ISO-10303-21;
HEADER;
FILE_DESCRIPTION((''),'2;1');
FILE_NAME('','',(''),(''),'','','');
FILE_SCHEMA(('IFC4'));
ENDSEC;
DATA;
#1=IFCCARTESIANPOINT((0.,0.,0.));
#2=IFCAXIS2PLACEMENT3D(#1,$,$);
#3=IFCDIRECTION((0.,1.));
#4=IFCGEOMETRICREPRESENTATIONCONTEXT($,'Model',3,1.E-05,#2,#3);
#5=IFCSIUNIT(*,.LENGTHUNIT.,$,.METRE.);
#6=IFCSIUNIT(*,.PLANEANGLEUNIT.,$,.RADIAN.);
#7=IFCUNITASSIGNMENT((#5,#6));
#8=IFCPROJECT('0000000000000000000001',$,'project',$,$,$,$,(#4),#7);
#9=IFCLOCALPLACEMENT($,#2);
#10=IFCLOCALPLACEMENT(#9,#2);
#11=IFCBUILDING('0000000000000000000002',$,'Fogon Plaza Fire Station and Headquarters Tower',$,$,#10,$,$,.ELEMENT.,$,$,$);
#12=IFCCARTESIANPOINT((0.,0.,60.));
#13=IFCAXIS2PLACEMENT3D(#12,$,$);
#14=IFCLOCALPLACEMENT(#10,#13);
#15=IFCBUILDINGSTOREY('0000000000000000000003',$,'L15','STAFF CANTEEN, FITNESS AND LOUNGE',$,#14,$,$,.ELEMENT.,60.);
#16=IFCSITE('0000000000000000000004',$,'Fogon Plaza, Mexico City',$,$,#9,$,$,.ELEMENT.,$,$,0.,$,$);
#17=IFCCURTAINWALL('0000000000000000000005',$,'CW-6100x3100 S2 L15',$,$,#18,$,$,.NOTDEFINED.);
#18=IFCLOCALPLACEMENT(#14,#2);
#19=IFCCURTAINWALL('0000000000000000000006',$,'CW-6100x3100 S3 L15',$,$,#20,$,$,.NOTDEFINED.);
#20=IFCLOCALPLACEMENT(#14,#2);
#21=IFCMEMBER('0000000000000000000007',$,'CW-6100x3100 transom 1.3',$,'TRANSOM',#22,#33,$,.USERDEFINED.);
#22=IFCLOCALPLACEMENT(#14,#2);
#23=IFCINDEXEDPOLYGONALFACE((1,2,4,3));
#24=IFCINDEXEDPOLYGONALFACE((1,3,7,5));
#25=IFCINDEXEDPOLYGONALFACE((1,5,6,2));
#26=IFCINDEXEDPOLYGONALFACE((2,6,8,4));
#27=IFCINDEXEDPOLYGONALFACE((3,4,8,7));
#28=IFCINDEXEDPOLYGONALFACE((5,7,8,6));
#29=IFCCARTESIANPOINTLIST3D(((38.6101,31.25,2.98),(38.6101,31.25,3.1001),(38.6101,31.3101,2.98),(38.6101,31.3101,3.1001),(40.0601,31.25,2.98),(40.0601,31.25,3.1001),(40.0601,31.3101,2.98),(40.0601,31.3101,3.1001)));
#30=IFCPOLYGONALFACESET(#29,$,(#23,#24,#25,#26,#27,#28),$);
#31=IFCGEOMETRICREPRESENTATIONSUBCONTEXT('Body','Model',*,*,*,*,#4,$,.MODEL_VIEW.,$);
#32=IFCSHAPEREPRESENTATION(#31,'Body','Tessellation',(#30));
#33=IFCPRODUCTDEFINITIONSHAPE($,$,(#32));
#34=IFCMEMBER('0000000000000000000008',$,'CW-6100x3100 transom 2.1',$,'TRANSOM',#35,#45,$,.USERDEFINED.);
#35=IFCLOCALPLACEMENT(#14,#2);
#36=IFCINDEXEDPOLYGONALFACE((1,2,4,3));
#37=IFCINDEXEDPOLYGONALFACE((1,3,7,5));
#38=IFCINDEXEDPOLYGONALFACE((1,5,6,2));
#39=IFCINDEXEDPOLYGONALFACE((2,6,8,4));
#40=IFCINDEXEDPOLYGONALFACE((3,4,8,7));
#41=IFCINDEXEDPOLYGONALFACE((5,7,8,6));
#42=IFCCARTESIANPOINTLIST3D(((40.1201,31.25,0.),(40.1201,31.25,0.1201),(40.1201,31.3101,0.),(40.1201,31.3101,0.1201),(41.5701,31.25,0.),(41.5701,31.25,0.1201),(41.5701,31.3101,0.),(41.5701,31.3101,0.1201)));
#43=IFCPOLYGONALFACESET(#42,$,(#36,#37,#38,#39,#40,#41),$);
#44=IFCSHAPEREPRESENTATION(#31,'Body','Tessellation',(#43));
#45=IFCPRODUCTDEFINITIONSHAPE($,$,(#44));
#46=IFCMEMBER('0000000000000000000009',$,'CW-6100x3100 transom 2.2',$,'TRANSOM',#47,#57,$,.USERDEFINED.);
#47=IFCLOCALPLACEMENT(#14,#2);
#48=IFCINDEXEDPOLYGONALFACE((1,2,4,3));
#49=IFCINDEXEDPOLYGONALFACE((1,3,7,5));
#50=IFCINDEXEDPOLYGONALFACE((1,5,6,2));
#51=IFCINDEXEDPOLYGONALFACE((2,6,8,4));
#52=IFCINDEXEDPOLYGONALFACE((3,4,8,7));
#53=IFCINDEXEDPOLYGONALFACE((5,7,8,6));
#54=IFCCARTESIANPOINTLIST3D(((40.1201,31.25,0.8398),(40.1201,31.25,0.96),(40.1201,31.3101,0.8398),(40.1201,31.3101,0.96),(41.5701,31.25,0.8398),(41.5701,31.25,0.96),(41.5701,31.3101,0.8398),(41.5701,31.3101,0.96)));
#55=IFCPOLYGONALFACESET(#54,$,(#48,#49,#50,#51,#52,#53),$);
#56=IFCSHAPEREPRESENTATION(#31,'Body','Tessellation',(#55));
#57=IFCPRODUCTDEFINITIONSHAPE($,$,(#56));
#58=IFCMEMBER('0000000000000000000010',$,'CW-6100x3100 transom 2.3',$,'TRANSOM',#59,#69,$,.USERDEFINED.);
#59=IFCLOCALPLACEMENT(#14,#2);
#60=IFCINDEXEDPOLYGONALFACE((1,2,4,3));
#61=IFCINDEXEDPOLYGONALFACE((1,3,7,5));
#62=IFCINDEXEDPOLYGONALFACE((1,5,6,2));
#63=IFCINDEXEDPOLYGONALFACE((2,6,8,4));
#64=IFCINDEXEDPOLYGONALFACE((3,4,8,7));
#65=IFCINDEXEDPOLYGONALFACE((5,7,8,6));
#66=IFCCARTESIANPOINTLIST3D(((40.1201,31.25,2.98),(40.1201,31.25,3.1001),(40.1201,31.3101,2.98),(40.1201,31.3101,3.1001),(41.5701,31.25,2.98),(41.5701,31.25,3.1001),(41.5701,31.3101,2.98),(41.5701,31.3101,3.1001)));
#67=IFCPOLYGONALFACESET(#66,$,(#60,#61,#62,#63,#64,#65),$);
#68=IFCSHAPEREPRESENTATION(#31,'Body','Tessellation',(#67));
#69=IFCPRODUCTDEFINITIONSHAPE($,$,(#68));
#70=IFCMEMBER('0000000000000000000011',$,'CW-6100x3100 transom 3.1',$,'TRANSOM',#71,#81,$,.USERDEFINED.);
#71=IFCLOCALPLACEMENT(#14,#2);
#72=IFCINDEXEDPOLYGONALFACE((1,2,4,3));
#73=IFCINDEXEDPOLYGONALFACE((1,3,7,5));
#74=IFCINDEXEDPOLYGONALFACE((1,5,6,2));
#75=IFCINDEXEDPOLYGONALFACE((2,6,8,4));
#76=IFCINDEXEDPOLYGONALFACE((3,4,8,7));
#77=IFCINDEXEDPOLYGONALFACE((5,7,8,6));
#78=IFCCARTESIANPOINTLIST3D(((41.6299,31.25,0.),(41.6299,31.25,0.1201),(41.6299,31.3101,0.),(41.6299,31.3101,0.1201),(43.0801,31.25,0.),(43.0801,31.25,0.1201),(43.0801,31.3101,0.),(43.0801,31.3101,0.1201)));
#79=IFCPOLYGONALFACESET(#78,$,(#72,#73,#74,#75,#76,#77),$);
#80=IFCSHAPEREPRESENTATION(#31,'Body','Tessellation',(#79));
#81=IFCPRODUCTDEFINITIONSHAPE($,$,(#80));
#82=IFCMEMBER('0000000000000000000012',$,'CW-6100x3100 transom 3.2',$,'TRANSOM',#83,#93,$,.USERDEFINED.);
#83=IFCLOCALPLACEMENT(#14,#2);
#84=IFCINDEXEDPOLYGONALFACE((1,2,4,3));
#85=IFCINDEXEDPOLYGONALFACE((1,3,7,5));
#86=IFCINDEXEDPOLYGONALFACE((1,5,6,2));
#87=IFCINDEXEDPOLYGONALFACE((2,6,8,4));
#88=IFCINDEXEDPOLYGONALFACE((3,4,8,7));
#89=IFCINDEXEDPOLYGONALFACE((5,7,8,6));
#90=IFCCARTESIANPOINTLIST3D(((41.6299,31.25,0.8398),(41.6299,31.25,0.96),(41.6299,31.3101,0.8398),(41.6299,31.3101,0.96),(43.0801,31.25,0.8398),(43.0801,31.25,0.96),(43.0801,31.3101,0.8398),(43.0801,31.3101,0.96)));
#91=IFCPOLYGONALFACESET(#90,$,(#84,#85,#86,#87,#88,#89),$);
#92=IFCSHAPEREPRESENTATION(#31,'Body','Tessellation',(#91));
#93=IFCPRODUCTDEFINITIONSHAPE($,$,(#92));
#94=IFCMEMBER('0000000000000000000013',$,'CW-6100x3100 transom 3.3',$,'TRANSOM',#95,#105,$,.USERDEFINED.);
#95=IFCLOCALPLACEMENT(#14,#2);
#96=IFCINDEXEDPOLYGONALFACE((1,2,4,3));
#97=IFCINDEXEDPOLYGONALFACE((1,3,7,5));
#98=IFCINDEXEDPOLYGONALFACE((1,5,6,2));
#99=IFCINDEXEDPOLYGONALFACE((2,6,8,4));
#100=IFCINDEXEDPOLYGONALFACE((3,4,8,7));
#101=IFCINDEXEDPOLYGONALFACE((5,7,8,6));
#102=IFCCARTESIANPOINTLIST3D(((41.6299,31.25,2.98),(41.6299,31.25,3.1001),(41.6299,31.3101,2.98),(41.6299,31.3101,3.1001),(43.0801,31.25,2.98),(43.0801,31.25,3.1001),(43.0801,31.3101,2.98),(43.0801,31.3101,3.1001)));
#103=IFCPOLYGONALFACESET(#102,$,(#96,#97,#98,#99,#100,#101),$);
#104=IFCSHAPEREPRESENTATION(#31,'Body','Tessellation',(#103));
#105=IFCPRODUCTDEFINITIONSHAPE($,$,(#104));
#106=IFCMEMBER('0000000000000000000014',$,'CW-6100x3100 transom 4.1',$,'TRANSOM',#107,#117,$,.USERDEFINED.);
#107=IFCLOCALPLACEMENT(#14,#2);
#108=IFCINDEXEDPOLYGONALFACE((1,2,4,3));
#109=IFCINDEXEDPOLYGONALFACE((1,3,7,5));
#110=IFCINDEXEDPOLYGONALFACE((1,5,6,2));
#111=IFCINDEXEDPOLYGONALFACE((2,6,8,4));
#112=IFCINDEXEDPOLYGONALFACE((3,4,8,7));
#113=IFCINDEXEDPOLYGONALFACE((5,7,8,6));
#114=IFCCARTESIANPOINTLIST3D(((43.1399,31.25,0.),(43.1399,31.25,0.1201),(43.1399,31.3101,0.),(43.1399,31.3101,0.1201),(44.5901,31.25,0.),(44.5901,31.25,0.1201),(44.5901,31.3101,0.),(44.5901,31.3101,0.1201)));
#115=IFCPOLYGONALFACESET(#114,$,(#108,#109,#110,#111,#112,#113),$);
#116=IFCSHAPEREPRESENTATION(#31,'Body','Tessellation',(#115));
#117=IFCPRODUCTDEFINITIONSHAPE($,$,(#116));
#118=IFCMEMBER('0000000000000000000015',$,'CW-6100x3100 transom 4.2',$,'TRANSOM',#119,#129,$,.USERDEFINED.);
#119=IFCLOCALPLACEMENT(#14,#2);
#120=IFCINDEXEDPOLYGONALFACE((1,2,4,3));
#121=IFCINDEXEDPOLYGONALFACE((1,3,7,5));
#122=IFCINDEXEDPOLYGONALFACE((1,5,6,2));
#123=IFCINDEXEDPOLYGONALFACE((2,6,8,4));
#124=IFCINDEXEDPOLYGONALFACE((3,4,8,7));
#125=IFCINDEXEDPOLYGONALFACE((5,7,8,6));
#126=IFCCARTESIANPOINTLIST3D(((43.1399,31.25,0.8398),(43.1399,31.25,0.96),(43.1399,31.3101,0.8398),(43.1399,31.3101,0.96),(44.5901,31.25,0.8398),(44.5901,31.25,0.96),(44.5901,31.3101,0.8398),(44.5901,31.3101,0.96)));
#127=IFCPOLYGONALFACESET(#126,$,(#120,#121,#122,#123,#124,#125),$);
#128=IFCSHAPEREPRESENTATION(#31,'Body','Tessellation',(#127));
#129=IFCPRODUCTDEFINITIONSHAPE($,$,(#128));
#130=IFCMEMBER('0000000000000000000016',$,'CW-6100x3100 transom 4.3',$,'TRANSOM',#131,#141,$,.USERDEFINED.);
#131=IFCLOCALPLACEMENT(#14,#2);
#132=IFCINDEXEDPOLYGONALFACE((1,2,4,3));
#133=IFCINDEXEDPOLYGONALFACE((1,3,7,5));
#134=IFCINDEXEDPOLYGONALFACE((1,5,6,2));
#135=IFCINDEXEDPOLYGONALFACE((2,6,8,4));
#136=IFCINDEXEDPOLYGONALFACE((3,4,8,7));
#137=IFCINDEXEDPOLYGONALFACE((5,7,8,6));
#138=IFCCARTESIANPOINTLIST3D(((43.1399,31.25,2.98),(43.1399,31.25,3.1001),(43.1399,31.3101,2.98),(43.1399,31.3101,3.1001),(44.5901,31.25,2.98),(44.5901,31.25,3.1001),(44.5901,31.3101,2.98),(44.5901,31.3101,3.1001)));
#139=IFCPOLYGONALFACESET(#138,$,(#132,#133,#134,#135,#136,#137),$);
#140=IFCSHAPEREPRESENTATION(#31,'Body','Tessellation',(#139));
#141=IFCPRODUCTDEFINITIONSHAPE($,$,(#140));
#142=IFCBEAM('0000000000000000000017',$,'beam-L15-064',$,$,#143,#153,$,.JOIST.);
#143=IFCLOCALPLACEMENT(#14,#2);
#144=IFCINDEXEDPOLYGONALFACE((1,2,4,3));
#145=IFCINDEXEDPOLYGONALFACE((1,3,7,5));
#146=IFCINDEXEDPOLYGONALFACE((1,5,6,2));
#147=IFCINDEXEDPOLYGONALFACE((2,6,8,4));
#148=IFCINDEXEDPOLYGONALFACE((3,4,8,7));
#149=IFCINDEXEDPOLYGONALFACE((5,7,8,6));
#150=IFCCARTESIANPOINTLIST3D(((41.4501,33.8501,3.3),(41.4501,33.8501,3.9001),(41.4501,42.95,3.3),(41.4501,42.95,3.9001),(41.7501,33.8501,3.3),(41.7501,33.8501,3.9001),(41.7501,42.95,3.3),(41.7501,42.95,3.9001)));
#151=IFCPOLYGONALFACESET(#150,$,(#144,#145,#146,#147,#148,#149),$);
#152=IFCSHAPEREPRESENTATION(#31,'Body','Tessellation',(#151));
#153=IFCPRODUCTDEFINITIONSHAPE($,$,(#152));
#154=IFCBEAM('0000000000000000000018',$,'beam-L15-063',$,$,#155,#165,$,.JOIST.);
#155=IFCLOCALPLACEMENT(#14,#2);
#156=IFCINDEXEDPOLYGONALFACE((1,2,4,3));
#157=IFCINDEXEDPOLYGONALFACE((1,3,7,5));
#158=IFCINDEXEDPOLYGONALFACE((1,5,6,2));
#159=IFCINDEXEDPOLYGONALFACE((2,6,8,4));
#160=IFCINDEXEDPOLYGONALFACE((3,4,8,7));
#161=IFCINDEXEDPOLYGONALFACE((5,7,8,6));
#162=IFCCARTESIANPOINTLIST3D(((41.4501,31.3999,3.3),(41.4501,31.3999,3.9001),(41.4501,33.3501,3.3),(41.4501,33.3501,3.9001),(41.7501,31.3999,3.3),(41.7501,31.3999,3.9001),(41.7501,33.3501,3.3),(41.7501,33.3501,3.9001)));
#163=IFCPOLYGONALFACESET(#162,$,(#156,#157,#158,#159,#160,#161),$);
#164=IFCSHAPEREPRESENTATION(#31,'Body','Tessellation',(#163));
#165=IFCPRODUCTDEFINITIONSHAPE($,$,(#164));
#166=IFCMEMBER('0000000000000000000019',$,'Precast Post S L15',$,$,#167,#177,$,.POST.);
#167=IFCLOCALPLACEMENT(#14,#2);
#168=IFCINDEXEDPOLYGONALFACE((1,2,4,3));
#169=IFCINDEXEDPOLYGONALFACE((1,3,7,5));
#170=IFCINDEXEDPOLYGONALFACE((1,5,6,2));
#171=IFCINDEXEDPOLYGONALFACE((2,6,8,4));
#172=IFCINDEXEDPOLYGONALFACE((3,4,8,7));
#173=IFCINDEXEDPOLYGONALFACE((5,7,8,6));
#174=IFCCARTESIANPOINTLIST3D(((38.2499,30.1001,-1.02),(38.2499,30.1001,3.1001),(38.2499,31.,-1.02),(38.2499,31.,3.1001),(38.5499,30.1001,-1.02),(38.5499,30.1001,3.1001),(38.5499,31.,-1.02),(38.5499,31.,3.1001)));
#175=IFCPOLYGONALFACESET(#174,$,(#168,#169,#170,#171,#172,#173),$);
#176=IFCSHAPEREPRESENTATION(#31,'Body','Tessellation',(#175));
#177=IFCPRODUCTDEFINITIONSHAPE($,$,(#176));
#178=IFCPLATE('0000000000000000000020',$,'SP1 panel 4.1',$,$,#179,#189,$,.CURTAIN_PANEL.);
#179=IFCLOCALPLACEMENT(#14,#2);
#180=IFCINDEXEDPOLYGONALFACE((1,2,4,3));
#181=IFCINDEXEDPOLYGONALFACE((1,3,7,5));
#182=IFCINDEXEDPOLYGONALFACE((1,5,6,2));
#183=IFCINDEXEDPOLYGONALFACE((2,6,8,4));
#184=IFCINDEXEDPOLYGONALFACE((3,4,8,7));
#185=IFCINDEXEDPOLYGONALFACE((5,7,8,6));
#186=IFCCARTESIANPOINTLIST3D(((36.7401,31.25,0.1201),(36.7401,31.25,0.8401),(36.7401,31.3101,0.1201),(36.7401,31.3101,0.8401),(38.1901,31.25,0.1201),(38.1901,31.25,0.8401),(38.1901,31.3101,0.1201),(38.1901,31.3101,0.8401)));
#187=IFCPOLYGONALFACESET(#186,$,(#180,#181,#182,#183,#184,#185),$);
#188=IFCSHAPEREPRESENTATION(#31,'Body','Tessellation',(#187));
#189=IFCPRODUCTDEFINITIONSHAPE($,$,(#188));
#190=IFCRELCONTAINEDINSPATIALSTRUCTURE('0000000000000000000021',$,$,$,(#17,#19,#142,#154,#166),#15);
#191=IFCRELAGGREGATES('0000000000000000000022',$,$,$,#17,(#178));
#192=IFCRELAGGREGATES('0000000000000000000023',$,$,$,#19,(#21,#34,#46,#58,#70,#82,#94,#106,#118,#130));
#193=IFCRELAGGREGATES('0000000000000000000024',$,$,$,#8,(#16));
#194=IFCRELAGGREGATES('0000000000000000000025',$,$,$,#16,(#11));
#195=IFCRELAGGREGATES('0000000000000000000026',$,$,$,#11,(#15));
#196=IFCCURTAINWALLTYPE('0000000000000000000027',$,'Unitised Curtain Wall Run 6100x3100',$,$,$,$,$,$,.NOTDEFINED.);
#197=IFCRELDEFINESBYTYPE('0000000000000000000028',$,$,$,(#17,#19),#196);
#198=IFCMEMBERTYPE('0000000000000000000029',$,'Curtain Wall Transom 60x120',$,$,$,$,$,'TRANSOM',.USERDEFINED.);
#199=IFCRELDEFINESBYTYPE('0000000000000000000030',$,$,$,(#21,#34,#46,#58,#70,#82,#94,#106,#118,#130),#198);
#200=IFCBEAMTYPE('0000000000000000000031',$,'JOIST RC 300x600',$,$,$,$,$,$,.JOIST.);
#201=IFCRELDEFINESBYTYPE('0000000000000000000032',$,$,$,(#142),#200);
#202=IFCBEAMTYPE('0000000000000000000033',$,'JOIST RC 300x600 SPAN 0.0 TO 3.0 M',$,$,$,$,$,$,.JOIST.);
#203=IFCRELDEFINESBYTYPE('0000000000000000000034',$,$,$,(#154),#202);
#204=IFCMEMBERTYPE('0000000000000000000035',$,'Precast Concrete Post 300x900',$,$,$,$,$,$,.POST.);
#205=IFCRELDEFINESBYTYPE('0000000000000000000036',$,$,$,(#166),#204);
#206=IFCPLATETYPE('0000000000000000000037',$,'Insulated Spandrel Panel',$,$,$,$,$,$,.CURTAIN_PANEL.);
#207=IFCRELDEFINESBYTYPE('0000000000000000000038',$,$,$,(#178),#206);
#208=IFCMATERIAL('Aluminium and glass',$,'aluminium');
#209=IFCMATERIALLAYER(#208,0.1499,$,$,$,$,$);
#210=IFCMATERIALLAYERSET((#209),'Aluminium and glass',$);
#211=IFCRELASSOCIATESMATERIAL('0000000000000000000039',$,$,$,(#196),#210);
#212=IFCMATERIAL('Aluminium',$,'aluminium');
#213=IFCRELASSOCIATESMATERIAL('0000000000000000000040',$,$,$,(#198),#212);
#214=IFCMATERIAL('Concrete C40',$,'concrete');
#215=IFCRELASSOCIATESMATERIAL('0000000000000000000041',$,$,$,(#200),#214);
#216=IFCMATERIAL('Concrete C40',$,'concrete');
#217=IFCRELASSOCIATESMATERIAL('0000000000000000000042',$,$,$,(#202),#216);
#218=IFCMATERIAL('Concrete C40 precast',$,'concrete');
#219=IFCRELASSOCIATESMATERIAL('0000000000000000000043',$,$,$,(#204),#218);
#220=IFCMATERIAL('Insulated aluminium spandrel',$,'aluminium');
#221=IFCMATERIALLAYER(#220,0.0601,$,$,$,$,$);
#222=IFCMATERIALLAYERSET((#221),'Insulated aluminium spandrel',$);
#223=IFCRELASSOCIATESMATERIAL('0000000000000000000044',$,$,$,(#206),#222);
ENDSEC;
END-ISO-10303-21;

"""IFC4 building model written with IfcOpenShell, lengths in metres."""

from ifc_helpers import new_model, si_unit, direction, frame, origin, origin_2d, place, context, subcontext, project, spatial, rectangle, extrude, material, layer, layer_set, material_profile, profile_set, type_object, element, aggregate, save


model = new_model("IFC4")

# Units and contexts
model_context = context("Model", 3, precision=1e-05, world=origin(), true_north=direction((0.0, 1.0)))
body_context = subcontext(model_context, "Body", "Model", "MODEL_VIEW")
ifc_project = project(units=[si_unit("LENGTHUNIT", "METRE"), si_unit("PLANEANGLEUNIT", "RADIAN")], contexts=[model_context])

# Site, building, storey
site_placement = place(None, origin())
site = spatial("IfcSite", under=ifc_project, at=site_placement, Name="Fogon Plaza, Mexico City", CompositionType="ELEMENT", RefElevation=0.0)
building_placement = place(site_placement, origin())
building = spatial("IfcBuilding", under=site, at=building_placement, Name="Fogon Plaza Fire Station and Headquarters Tower", CompositionType="ELEMENT")
storey_placement = place(building_placement, frame((0.0, 0.0, 60.0)))
storey = spatial("IfcBuildingStorey", under=building, at=storey_placement, Name="L15", Description="STAFF CANTEEN, FITNESS AND LOUNGE", CompositionType="ELEMENT", Elevation=60.0)

# Curtain wall
ifc_material_1 = material(Name="Aluminium and glass", Category="aluminium")
ifc_layer_1 = layer(ifc_material_1, 0.1499)
ifc_layer_set_1 = layer_set([ifc_layer_1], Name="Aluminium and glass")
curtain_wall_type = type_object("IfcCurtainWallType", Name="Unitised Curtain Wall Run 6100x3100", PredefinedType="NOTDEFINED", material=ifc_layer_set_1)
curtain_wall_1_placement = place(storey_placement, origin())
curtain_wall_1 = element("IfcCurtainWall", 1, at=curtain_wall_1_placement, inside=storey, type_object=curtain_wall_type, Name="CW-6100x3100 S2 L15", PredefinedType="NOTDEFINED")

# Curtain wall
curtain_wall_2_placement = place(storey_placement, origin())
curtain_wall_2 = element("IfcCurtainWall", 2, at=curtain_wall_2_placement, inside=storey, type_object=curtain_wall_type, Name="CW-6100x3100 S3 L15", PredefinedType="NOTDEFINED")

# Members
ifc_material_2 = material(Name="Aluminium", Category="aluminium")
ifc_material_profile_1 = material_profile(ifc_material_2, rectangle(XDim=0.0601, YDim=0.1201, at=origin_2d()), Name="Curtain Wall Transom 60x120")
ifc_profile_set_1 = profile_set([ifc_material_profile_1], Name="Aluminium")
member_type_1 = type_object("IfcMemberType", Name="Curtain Wall Transom 60x120", ElementType="TRANSOM", PredefinedType="USERDEFINED", material=ifc_profile_set_1)
member_1_placement = place(storey_placement, frame((38.6101, 31.28, 3.04), z_axis=(1.0, 0.0, 0.0), x_axis=(0.0, 1.0, 0.0)))
member_1 = element("IfcMember", 3, at=member_1_placement, type_object=member_type_1, Name="CW-6100x3100 transom 1.3", ObjectType="TRANSOM", PredefinedType="USERDEFINED", context=body_context, shape_type="SweptSolid", body=[
    extrude(rectangle(XDim=0.0601, YDim=0.1201, at=origin_2d()), origin(), (0.0, 0.0, 1.0), 1.45),
])
member_2_placement = place(storey_placement, frame((40.1201, 31.28, 0.0601), z_axis=(1.0, 0.0, 0.0), x_axis=(0.0, 1.0, 0.0)))
member_2 = element("IfcMember", 4, at=member_2_placement, type_object=member_type_1, Name="CW-6100x3100 transom 2.1", ObjectType="TRANSOM", PredefinedType="USERDEFINED", context=body_context, shape_type="SweptSolid", body=[
    extrude(rectangle(XDim=0.0601, YDim=0.1201, at=origin_2d()), origin(), (0.0, 0.0, 1.0), 1.45),
])
member_3_placement = place(storey_placement, frame((40.1201, 31.28, 0.8999), z_axis=(1.0, 0.0, 0.0), x_axis=(0.0, 1.0, 0.0)))
member_3 = element("IfcMember", 5, at=member_3_placement, type_object=member_type_1, Name="CW-6100x3100 transom 2.2", ObjectType="TRANSOM", PredefinedType="USERDEFINED", context=body_context, shape_type="SweptSolid", body=[
    extrude(rectangle(XDim=0.0601, YDim=0.1201, at=origin_2d()), origin(), (0.0, 0.0, 1.0), 1.45),
])
member_4_placement = place(storey_placement, frame((40.1201, 31.28, 3.04), z_axis=(1.0, 0.0, 0.0), x_axis=(0.0, 1.0, 0.0)))
member_4 = element("IfcMember", 6, at=member_4_placement, type_object=member_type_1, Name="CW-6100x3100 transom 2.3", ObjectType="TRANSOM", PredefinedType="USERDEFINED", context=body_context, shape_type="SweptSolid", body=[
    extrude(rectangle(XDim=0.0601, YDim=0.1201, at=origin_2d()), origin(), (0.0, 0.0, 1.0), 1.45),
])
member_5_placement = place(storey_placement, frame((41.6299, 31.28, 0.0601), z_axis=(1.0, 0.0, 0.0), x_axis=(0.0, 1.0, 0.0)))
member_5 = element("IfcMember", 7, at=member_5_placement, type_object=member_type_1, Name="CW-6100x3100 transom 3.1", ObjectType="TRANSOM", PredefinedType="USERDEFINED", context=body_context, shape_type="SweptSolid", body=[
    extrude(rectangle(XDim=0.0601, YDim=0.1201, at=origin_2d()), origin(), (0.0, 0.0, 1.0), 1.4502),
])
member_6_placement = place(storey_placement, frame((41.6299, 31.28, 0.8999), z_axis=(1.0, 0.0, 0.0), x_axis=(0.0, 1.0, 0.0)))
member_6 = element("IfcMember", 8, at=member_6_placement, type_object=member_type_1, Name="CW-6100x3100 transom 3.2", ObjectType="TRANSOM", PredefinedType="USERDEFINED", context=body_context, shape_type="SweptSolid", body=[
    extrude(rectangle(XDim=0.0601, YDim=0.1201, at=origin_2d()), origin(), (0.0, 0.0, 1.0), 1.4502),
])
member_7_placement = place(storey_placement, frame((41.6299, 31.28, 3.04), z_axis=(1.0, 0.0, 0.0), x_axis=(0.0, 1.0, 0.0)))
member_7 = element("IfcMember", 9, at=member_7_placement, type_object=member_type_1, Name="CW-6100x3100 transom 3.3", ObjectType="TRANSOM", PredefinedType="USERDEFINED", context=body_context, shape_type="SweptSolid", body=[
    extrude(rectangle(XDim=0.0601, YDim=0.1201, at=origin_2d()), origin(), (0.0, 0.0, 1.0), 1.4502),
])
member_8_placement = place(storey_placement, frame((43.1399, 31.28, 0.0601), z_axis=(1.0, 0.0, 0.0), x_axis=(0.0, 1.0, 0.0)))
member_8 = element("IfcMember", 10, at=member_8_placement, type_object=member_type_1, Name="CW-6100x3100 transom 4.1", ObjectType="TRANSOM", PredefinedType="USERDEFINED", context=body_context, shape_type="SweptSolid", body=[
    extrude(rectangle(XDim=0.0601, YDim=0.1201, at=origin_2d()), origin(), (0.0, 0.0, 1.0), 1.4502),
])
member_9_placement = place(storey_placement, frame((43.1399, 31.28, 0.8999), z_axis=(1.0, 0.0, 0.0), x_axis=(0.0, 1.0, 0.0)))
member_9 = element("IfcMember", 11, at=member_9_placement, type_object=member_type_1, Name="CW-6100x3100 transom 4.2", ObjectType="TRANSOM", PredefinedType="USERDEFINED", context=body_context, shape_type="SweptSolid", body=[
    extrude(rectangle(XDim=0.0601, YDim=0.1201, at=origin_2d()), origin(), (0.0, 0.0, 1.0), 1.4502),
])
member_10_placement = place(storey_placement, frame((43.1399, 31.28, 3.04), z_axis=(1.0, 0.0, 0.0), x_axis=(0.0, 1.0, 0.0)))
member_10 = element("IfcMember", 12, at=member_10_placement, type_object=member_type_1, Name="CW-6100x3100 transom 4.3", ObjectType="TRANSOM", PredefinedType="USERDEFINED", context=body_context, shape_type="SweptSolid", body=[
    extrude(rectangle(XDim=0.0601, YDim=0.1201, at=origin_2d()), origin(), (0.0, 0.0, 1.0), 1.4502),
])

# Beams
ifc_material_3 = material(Name="Concrete C40", Category="concrete")
ifc_material_profile_2 = material_profile(ifc_material_3, rectangle(XDim=0.3, YDim=0.6001, at=origin_2d()), Name="RC 300x600")
ifc_profile_set_2 = profile_set([ifc_material_profile_2], Name="Concrete C40")
beam_type_1 = type_object("IfcBeamType", Name="JOIST RC 300x600", PredefinedType="JOIST", material=ifc_profile_set_2)
beam_1_placement = place(storey_placement, frame((41.6001, 33.8501, 3.6001), z_axis=(0.0, 1.0, 0.0), x_axis=(-1.0, 0.0, 0.0)))
element("IfcBeam", 13, at=beam_1_placement, inside=storey, type_object=beam_type_1, Name="beam-L15-064", PredefinedType="JOIST", context=body_context, shape_type="SweptSolid", body=[
    extrude(rectangle(XDim=0.3, YDim=0.6001, at=origin_2d()), origin(), (0.0, 0.0, 1.0), 9.0999),
])
ifc_material_4 = material(Name="Concrete C40", Category="concrete")
ifc_material_profile_3 = material_profile(ifc_material_4, rectangle(XDim=0.3, YDim=0.6001, at=origin_2d()), Name="RC 300x600")
ifc_profile_set_3 = profile_set([ifc_material_profile_3], Name="Concrete C40")
beam_type_2 = type_object("IfcBeamType", Name="JOIST RC 300x600 SPAN 0.0 TO 3.0 M", PredefinedType="JOIST", material=ifc_profile_set_3)
beam_2_placement = place(storey_placement, frame((41.6001, 31.3999, 3.6001), z_axis=(0.0, 1.0, 0.0), x_axis=(-1.0, 0.0, 0.0)))
element("IfcBeam", 14, at=beam_2_placement, inside=storey, type_object=beam_type_2, Name="beam-L15-063", PredefinedType="JOIST", context=body_context, shape_type="SweptSolid", body=[
    extrude(rectangle(XDim=0.3, YDim=0.6001, at=origin_2d()), origin(), (0.0, 0.0, 1.0), 1.9502),
])

# Member
ifc_material_5 = material(Name="Concrete C40 precast", Category="concrete")
ifc_material_profile_4 = material_profile(ifc_material_5, rectangle(XDim=0.3, YDim=0.8999, at=origin_2d()), Name="Precast Concrete Post 300x900")
ifc_profile_set_4 = profile_set([ifc_material_profile_4], Name="Concrete C40 precast")
member_type_2 = type_object("IfcMemberType", Name="Precast Concrete Post 300x900", PredefinedType="POST", material=ifc_profile_set_4)
member_11_placement = place(storey_placement, frame((38.3999, 30.55, -1.02), z_axis=(0.0, 0.0, 1.0), x_axis=(1.0, 0.0, 0.0)))
element("IfcMember", 15, at=member_11_placement, inside=storey, type_object=member_type_2, Name="Precast Post S L15", PredefinedType="POST", context=body_context, shape_type="SweptSolid", body=[
    extrude(rectangle(XDim=0.3, YDim=0.8999, at=origin_2d()), origin(), (0.0, 0.0, 1.0), 4.1201),
])

# Plate
ifc_material_6 = material(Name="Insulated aluminium spandrel", Category="aluminium")
ifc_layer_2 = layer(ifc_material_6, 0.0601)
ifc_layer_set_2 = layer_set([ifc_layer_2], Name="Insulated aluminium spandrel")
plate_type_1 = type_object("IfcPlateType", Name="Insulated Spandrel Panel", PredefinedType="CURTAIN_PANEL", material=ifc_layer_set_2)
plate_1_placement = place(storey_placement, frame((37.4651, 31.28, 0.1201), z_axis=(0.0, 0.0, 1.0), x_axis=(1.0, 0.0, 0.0)))
plate_1 = element("IfcPlate", 16, at=plate_1_placement, type_object=plate_type_1, Name="SP1 panel 4.1", PredefinedType="CURTAIN_PANEL", context=body_context, shape_type="SweptSolid", body=[
    extrude(rectangle(XDim=1.45, YDim=0.0601, at=origin_2d()), origin(), (0.0, 0.0, 1.0), 0.72),
])
aggregate(curtain_wall_1, [plate_1])
aggregate(curtain_wall_2, [member_1, member_2, member_3, member_4, member_5, member_6, member_7, member_8, member_9, member_10])

save(model, "model.ifc")
